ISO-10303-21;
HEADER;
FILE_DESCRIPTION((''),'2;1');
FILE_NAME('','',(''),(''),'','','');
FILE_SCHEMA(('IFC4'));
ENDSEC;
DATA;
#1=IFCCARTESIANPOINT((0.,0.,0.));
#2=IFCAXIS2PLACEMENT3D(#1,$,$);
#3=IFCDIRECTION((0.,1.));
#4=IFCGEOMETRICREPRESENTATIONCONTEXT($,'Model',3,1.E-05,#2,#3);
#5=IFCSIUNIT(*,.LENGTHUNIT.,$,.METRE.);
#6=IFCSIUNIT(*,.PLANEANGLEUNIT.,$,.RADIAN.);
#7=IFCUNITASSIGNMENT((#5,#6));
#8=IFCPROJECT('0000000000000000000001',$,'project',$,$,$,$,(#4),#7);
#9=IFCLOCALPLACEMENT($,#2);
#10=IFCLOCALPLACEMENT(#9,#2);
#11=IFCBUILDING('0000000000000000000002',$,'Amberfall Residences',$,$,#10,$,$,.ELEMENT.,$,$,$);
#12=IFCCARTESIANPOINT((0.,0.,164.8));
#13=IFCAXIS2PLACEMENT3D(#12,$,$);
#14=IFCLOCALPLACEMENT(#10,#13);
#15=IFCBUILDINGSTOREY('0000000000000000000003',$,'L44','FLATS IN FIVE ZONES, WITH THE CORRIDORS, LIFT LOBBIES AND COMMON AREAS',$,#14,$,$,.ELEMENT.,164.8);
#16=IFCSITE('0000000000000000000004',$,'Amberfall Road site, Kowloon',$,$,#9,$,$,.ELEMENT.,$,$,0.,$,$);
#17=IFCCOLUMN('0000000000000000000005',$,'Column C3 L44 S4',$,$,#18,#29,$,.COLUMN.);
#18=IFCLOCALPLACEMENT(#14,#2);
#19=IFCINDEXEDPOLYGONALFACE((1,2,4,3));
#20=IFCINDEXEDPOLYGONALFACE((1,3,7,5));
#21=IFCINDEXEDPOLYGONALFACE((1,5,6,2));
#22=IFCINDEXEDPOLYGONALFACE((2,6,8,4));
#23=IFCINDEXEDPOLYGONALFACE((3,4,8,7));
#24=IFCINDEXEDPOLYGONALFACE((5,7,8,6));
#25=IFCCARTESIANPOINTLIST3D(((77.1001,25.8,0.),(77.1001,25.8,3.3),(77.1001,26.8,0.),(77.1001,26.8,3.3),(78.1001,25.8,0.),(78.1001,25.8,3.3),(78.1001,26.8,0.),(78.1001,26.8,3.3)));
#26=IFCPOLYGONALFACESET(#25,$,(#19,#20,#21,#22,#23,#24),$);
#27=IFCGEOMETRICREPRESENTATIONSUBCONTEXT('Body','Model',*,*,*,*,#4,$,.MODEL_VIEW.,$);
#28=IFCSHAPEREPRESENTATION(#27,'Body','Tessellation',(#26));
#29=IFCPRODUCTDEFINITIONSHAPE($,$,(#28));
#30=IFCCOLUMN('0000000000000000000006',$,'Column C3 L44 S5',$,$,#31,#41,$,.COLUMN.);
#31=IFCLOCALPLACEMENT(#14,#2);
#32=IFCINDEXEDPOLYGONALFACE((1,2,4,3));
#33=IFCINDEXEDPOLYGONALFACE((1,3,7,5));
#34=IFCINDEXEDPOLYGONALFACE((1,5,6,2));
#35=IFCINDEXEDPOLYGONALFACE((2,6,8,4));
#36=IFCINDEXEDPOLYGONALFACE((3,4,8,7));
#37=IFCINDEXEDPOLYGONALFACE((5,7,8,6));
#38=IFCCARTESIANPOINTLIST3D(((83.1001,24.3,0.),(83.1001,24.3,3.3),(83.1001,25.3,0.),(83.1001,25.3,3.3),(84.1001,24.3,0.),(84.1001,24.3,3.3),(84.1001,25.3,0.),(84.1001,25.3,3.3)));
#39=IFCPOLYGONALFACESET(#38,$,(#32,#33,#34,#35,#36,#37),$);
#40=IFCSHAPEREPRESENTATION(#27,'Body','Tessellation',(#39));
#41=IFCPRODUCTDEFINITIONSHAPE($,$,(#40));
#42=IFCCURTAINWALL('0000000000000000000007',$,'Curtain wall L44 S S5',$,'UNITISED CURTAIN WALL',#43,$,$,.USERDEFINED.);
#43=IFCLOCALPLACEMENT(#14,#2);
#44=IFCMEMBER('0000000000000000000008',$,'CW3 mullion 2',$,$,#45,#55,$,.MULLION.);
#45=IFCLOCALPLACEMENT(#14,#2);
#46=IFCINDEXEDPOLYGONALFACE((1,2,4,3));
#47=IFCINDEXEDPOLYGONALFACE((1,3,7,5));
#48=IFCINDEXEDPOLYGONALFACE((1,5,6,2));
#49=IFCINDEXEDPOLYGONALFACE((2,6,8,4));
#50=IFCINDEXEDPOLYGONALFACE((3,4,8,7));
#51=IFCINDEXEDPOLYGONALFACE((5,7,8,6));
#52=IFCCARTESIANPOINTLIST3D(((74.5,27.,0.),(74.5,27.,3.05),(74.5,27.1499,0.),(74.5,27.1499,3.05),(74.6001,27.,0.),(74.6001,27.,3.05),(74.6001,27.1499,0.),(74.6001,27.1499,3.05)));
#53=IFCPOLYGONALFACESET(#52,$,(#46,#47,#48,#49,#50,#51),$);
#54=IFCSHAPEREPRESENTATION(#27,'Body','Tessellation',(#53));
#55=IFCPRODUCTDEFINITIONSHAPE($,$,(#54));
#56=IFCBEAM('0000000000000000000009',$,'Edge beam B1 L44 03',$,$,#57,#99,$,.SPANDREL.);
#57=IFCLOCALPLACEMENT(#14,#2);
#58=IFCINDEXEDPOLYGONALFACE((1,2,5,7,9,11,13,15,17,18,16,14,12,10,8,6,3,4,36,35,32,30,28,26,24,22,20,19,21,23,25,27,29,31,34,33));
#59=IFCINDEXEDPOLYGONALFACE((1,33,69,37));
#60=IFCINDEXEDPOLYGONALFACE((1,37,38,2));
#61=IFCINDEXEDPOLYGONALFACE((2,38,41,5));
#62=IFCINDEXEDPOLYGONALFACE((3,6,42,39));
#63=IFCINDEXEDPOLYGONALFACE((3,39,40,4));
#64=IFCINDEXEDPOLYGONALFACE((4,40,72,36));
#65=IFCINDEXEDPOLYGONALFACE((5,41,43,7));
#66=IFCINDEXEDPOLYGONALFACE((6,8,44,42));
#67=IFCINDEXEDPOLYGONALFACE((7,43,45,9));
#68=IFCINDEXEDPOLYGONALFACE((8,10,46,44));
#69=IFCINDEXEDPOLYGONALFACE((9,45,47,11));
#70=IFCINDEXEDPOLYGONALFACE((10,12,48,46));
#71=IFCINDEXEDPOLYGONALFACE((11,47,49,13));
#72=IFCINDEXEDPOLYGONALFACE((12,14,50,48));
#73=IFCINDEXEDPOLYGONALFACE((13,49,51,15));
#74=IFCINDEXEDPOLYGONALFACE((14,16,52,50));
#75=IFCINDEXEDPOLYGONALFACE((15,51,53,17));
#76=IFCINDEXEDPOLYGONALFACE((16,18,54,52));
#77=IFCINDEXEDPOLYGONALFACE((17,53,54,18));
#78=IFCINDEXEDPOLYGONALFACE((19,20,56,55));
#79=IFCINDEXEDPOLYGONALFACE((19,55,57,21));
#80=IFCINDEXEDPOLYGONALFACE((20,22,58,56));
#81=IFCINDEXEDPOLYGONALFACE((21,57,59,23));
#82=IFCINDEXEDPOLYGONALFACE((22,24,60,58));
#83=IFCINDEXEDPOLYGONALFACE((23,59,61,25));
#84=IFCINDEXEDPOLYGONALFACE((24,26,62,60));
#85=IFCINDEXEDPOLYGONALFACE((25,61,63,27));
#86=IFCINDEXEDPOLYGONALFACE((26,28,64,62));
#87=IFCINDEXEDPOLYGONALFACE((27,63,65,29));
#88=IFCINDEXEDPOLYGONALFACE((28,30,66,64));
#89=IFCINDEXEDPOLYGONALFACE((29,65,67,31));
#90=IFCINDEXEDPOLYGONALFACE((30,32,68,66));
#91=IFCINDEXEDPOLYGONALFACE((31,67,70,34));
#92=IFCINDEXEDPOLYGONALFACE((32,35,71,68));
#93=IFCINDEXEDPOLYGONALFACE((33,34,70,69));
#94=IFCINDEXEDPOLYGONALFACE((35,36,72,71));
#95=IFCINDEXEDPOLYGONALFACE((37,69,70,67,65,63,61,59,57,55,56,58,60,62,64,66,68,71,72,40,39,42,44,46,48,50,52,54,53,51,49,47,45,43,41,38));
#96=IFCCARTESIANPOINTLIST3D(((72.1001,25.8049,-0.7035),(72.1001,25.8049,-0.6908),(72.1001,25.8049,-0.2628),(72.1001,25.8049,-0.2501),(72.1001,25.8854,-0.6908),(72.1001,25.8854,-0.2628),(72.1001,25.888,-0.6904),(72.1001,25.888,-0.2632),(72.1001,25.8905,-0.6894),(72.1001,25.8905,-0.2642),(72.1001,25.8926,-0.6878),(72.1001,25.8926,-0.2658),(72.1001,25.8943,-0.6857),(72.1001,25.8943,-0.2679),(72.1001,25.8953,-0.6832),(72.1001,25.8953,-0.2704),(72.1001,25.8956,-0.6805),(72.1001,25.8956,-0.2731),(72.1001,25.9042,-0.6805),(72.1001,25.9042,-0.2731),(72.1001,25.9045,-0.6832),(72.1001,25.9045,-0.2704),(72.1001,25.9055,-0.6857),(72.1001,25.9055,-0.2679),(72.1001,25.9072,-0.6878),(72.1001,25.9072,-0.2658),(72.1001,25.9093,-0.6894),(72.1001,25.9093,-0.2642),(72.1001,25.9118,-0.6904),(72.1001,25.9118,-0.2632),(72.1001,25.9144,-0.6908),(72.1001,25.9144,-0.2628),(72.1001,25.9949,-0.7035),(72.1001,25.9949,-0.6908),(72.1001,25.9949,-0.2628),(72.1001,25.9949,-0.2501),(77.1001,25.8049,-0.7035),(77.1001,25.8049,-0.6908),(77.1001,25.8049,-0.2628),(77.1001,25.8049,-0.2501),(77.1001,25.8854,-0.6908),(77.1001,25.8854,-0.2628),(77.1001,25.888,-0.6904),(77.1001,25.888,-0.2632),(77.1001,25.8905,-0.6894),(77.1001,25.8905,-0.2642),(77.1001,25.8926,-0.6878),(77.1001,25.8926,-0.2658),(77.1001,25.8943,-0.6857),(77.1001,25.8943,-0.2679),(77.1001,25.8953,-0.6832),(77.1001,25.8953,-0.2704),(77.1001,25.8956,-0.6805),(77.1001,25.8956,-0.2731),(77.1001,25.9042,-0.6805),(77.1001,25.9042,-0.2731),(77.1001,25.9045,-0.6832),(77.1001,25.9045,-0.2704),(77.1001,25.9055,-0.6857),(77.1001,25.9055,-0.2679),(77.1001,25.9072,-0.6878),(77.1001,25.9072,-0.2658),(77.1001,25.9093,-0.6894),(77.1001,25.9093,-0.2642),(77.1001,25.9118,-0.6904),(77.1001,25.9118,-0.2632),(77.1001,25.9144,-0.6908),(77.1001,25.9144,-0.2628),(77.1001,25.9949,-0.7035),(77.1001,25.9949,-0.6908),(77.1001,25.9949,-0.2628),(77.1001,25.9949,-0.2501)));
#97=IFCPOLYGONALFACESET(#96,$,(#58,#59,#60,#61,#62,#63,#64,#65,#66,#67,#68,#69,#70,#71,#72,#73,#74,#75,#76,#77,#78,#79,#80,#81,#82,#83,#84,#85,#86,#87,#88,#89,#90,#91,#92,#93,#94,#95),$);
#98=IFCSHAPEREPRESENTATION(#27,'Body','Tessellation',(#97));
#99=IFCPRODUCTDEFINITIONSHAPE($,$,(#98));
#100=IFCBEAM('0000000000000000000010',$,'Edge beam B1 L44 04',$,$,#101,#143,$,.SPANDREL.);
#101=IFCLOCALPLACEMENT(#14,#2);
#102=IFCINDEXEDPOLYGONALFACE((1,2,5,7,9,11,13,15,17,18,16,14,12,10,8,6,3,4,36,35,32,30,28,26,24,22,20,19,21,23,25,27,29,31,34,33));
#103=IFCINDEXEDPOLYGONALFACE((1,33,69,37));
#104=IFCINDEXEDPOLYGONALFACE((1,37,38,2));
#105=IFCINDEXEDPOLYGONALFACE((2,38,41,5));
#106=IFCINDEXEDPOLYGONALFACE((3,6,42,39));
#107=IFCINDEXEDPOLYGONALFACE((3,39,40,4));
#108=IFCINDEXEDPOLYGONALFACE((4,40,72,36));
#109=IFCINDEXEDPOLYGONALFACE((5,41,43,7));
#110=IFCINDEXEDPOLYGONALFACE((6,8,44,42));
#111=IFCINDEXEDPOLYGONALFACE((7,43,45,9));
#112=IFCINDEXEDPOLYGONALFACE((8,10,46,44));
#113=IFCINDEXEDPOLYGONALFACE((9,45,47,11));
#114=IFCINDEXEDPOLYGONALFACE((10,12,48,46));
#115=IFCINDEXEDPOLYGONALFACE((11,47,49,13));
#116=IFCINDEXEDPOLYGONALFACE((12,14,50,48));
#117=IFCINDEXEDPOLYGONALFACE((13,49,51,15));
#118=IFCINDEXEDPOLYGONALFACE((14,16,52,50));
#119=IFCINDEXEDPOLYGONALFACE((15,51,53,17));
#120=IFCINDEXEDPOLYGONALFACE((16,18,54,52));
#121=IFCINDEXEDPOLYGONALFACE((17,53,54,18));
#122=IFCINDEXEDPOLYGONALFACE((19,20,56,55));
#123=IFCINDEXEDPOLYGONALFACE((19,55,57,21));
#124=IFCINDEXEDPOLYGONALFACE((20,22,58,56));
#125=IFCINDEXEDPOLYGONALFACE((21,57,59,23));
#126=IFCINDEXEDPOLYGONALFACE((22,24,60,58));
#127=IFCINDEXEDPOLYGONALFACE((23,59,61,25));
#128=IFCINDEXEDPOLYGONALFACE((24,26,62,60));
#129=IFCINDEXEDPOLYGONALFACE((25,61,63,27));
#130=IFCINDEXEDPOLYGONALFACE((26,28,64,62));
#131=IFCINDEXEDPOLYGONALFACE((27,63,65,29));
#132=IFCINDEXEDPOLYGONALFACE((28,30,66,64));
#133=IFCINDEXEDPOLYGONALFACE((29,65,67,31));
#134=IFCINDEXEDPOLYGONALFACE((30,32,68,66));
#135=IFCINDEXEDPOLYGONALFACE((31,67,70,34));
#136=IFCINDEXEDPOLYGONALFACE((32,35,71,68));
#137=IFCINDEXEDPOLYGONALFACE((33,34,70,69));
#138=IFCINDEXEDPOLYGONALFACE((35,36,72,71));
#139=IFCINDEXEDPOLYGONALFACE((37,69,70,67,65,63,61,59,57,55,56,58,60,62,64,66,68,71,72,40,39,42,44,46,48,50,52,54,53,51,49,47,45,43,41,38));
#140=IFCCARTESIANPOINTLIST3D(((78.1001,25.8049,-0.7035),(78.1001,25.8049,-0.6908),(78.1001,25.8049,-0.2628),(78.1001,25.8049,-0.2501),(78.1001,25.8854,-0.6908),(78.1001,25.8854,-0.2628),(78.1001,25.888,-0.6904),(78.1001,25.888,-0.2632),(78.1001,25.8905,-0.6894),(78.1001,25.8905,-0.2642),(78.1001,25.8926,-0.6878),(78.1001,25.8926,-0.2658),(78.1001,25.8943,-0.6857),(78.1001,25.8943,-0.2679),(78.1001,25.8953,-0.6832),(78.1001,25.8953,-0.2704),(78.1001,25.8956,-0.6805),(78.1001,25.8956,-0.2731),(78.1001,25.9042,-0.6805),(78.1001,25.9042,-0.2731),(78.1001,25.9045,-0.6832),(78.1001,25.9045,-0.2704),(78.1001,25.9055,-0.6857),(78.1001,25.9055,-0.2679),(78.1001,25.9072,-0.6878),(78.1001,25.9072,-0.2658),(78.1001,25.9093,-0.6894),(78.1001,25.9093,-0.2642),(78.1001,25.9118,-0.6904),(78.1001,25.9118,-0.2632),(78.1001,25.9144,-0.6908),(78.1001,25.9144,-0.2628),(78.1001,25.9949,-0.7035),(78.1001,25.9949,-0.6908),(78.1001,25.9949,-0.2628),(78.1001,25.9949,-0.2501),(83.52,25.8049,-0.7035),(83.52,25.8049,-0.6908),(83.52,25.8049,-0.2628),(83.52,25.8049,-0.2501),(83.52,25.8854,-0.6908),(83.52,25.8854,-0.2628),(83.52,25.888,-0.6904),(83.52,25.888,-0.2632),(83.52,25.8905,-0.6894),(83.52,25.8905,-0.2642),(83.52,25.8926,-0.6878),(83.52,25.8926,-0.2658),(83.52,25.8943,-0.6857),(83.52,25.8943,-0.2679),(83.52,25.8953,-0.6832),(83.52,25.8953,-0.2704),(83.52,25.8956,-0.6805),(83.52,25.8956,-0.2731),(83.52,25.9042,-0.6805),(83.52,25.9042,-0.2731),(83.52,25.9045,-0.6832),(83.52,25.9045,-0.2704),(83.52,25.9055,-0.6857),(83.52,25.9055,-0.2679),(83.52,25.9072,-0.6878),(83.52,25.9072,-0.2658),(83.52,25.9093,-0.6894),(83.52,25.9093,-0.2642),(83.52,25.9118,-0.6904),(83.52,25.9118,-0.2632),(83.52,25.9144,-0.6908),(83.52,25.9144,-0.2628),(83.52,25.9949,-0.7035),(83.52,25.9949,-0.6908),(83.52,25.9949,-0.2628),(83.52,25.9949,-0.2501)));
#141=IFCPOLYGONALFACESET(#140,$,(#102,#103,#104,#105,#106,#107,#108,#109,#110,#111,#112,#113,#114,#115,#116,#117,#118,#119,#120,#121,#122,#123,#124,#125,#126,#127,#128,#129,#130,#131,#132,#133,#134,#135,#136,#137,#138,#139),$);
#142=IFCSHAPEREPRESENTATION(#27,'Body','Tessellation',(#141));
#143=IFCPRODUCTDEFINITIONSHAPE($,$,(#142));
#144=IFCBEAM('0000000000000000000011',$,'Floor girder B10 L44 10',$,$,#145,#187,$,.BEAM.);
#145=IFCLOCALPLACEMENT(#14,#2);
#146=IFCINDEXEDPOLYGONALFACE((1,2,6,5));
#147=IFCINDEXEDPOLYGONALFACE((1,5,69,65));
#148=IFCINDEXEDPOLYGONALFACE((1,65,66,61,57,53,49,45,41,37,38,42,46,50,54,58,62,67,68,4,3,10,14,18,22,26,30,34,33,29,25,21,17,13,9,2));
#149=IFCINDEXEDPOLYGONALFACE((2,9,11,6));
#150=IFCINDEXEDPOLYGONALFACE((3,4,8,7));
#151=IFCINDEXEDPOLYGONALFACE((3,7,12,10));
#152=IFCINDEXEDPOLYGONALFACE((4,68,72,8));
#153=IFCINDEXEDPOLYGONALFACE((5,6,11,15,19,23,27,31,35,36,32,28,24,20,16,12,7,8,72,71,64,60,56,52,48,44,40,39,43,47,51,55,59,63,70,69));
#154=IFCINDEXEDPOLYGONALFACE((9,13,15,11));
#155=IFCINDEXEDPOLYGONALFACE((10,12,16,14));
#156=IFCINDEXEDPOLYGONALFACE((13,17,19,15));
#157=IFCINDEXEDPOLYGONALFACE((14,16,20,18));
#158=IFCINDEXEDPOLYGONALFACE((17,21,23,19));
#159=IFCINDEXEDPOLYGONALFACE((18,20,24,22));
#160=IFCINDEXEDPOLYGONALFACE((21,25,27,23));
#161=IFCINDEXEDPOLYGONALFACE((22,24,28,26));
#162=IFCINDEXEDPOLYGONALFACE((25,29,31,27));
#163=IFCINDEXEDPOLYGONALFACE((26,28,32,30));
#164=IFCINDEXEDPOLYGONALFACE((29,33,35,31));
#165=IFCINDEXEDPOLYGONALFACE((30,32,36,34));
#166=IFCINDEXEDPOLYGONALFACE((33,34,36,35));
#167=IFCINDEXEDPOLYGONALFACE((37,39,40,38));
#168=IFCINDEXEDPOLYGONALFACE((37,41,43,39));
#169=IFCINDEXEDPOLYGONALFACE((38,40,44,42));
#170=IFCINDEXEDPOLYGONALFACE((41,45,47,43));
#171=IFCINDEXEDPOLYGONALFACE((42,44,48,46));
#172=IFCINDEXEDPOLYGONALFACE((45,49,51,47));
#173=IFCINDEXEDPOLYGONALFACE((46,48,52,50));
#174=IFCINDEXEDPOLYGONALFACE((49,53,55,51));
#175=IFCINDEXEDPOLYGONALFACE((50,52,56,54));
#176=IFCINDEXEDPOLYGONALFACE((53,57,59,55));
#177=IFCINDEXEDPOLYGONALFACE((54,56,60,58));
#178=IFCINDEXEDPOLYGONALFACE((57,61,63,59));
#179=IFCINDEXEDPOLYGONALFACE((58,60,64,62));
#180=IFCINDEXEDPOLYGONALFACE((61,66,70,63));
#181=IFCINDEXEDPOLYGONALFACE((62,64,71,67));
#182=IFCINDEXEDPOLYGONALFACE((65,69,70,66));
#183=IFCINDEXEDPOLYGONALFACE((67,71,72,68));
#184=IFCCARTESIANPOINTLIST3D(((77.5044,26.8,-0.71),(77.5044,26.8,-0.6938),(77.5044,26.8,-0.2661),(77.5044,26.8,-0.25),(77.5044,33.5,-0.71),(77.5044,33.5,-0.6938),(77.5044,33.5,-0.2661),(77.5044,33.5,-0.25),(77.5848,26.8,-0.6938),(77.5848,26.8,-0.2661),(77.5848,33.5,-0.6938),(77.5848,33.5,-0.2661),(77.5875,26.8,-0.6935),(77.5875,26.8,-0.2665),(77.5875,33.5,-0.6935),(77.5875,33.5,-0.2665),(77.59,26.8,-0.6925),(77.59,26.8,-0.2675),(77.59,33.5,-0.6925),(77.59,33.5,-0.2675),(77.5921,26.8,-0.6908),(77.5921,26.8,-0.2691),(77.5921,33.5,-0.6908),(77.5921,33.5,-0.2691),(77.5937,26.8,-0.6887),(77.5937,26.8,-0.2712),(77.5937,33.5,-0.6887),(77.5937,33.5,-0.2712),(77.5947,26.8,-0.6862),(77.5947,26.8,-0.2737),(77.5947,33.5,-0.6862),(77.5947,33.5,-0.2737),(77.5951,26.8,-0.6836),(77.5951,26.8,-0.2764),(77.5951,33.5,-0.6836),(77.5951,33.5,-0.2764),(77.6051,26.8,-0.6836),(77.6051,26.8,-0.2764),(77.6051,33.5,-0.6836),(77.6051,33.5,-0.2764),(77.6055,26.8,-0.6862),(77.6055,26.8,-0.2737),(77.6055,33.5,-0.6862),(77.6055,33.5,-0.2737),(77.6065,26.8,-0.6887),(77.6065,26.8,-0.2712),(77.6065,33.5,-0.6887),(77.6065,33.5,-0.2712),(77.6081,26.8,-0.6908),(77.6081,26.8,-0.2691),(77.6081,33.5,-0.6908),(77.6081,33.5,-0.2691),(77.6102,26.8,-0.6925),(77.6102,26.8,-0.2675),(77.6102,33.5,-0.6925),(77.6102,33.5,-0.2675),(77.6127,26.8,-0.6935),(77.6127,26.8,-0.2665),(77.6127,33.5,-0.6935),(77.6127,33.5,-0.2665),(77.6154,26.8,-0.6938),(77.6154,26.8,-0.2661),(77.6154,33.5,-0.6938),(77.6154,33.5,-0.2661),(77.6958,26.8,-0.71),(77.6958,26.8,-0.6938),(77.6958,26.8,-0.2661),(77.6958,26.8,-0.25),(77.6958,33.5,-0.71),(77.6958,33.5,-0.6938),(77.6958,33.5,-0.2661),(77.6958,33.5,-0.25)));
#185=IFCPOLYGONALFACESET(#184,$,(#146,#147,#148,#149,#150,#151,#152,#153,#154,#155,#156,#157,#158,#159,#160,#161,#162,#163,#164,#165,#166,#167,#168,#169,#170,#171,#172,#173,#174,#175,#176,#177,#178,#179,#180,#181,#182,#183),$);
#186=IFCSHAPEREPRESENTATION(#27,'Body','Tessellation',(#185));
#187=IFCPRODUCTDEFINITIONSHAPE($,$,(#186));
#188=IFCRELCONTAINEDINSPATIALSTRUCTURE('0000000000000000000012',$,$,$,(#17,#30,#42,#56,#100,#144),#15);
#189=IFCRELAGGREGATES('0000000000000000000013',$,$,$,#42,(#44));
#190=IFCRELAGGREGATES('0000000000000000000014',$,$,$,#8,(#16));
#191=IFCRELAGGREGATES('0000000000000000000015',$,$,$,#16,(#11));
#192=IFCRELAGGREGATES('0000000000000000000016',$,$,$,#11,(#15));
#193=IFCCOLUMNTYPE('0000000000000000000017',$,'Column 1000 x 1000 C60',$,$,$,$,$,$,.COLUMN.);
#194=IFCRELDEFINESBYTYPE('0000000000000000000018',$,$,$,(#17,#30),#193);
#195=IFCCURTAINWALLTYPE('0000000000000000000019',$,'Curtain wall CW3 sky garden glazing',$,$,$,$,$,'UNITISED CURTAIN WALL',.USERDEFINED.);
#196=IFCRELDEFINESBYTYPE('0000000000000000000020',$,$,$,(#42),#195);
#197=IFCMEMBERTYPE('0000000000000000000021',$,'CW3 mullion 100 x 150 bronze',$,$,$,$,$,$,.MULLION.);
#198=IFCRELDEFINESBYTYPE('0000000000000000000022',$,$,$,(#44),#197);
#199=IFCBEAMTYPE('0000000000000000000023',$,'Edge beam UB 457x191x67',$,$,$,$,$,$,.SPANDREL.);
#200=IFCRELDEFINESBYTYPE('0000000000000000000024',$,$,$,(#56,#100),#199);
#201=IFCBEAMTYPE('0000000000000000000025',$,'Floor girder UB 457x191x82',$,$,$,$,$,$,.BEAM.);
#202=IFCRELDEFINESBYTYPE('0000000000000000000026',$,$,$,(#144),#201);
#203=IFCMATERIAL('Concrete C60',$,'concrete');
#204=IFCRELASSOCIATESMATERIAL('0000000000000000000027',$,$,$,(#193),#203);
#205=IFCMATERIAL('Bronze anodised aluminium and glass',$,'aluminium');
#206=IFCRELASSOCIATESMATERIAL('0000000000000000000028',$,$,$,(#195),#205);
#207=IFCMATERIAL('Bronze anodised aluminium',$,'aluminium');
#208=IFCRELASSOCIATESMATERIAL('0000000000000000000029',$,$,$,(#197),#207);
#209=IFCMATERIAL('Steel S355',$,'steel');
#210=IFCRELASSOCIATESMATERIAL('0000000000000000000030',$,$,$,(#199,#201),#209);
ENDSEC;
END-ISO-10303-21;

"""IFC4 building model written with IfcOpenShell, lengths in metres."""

from ifc_helpers import new_model, si_unit, direction, frame, origin, origin_2d, place, context, subcontext, project, spatial, rectangle, i_section, extrude, material, material_profile, profile_set, type_object, element, aggregate, save


model = new_model("IFC4")

# Units and contexts
model_context = context("Model", 3, precision=1e-05, world=origin(), true_north=direction((0.0, 1.0)))
body_context = subcontext(model_context, "Body", "Model", "MODEL_VIEW")
ifc_project = project(units=[si_unit("LENGTHUNIT", "METRE"), si_unit("PLANEANGLEUNIT", "RADIAN")], contexts=[model_context])

# Site, building, storey
site_placement = place(None, origin())
site = spatial("IfcSite", under=ifc_project, at=site_placement, Name="Amberfall Road site, Kowloon", CompositionType="ELEMENT", RefElevation=0.0)
building_placement = place(site_placement, origin())
building = spatial("IfcBuilding", under=site, at=building_placement, Name="Amberfall Residences", CompositionType="ELEMENT")
storey_placement = place(building_placement, frame((0.0, 0.0, 164.8)))
storey = spatial("IfcBuildingStorey", under=building, at=storey_placement, Name="L44", Description="FLATS IN FIVE ZONES, WITH THE CORRIDORS, LIFT LOBBIES AND COMMON AREAS", CompositionType="ELEMENT", Elevation=164.8)

# Columns
ifc_material_1 = material(Name="Concrete C60", Category="concrete")
ifc_material_profile_1 = material_profile(ifc_material_1, rectangle(XDim=1.0, YDim=1.0, at=origin_2d()), Name="Column 1000 x 1000 C60")
ifc_profile_set_1 = profile_set([ifc_material_profile_1], Name="Concrete C60")
column_type = type_object("IfcColumnType", Name="Column 1000 x 1000 C60", PredefinedType="COLUMN", material=ifc_profile_set_1)
for number, where, z_axis, x_axis, name in (
    (1, (77.6001, 26.3, 0.0), (0.0, 0.0, 1.0), (1.0, 0.0, 0.0), "Column C3 L44 S4"),
    (2, (83.6001, 24.8, 0.0), (0.0, 0.0, 1.0), (1.0, 0.0, 0.0), "Column C3 L44 S5"),
):
    element("IfcColumn", number, at=place(storey_placement, frame(where, z_axis=z_axis, x_axis=x_axis)), inside=storey, type_object=column_type, Name=name, PredefinedType="COLUMN", context=body_context, shape_type="SweptSolid", body=[
        extrude(rectangle(XDim=1.0, YDim=1.0, at=origin_2d()), origin(), (0.0, 0.0, 1.0), 3.3),
    ])

# Curtain wall, member
ifc_material_2 = material(Name="Bronze anodised aluminium and glass", Category="aluminium")
curtain_wall_type = type_object("IfcCurtainWallType", Name="Curtain wall CW3 sky garden glazing", ElementType="UNITISED CURTAIN WALL", PredefinedType="USERDEFINED", material=ifc_material_2)
curtain_wall_placement = place(storey_placement, origin())
curtain_wall = element("IfcCurtainWall", 3, at=curtain_wall_placement, inside=storey, type_object=curtain_wall_type, Name="Curtain wall L44 S S5", ObjectType="UNITISED CURTAIN WALL", PredefinedType="USERDEFINED")
ifc_material_3 = material(Name="Bronze anodised aluminium", Category="aluminium")
ifc_material_profile_2 = material_profile(ifc_material_3, rectangle(XDim=0.1499, YDim=0.1001, at=origin_2d()), Name="CW3 mullion 100 x 150 bronze")
ifc_profile_set_2 = profile_set([ifc_material_profile_2], Name="Bronze anodised aluminium")
member_type = type_object("IfcMemberType", Name="CW3 mullion 100 x 150 bronze", PredefinedType="MULLION", material=ifc_profile_set_2)
member_placement = place(storey_placement, frame((74.55, 27.075, 0.0), z_axis=(0.0, 0.0, 1.0), x_axis=(0.0, 1.0, 0.0)))
member = element("IfcMember", 4, at=member_placement, type_object=member_type, Name="CW3 mullion 2", PredefinedType="MULLION", context=body_context, shape_type="SweptSolid", body=[
    extrude(rectangle(XDim=0.1499, YDim=0.1001, at=origin_2d()), origin(), (0.0, 0.0, 1.0), 3.05),
])

# Beams
ifc_material_4 = material(Name="Steel S355", Category="steel")
ifc_material_profile_3 = material_profile(ifc_material_4, i_section(OverallWidth=0.1899, OverallDepth=0.4534, WebThickness=0.0085, FlangeThickness=0.0127, FilletRadius=0.0103, at=origin_2d()), Name="UB 457x191x67")
ifc_profile_set_3 = profile_set([ifc_material_profile_3], Name="Steel S355")
beam_type_1 = type_object("IfcBeamType", Name="Edge beam UB 457x191x67", PredefinedType="SPANDREL", material=ifc_profile_set_3)
beam_1_placement = place(storey_placement, frame((72.1001, 25.8999, -0.4768), z_axis=(1.0, 0.0, 0.0), x_axis=(0.0, 1.0, 0.0)))
element("IfcBeam", 5, at=beam_1_placement, inside=storey, type_object=beam_type_1, Name="Edge beam B1 L44 03", PredefinedType="SPANDREL", context=body_context, shape_type="SweptSolid", body=[
    extrude(i_section(OverallWidth=0.1899, OverallDepth=0.4534, WebThickness=0.0085, FlangeThickness=0.0127, FilletRadius=0.0103, at=origin_2d()), origin(), (0.0, 0.0, 1.0), 5.0),
])
beam_2_placement = place(storey_placement, frame((78.1001, 25.8999, -0.4768), z_axis=(1.0, 0.0, 0.0), x_axis=(0.0, 1.0, 0.0)))
element("IfcBeam", 6, at=beam_2_placement, inside=storey, type_object=beam_type_1, Name="Edge beam B1 L44 04", PredefinedType="SPANDREL", context=body_context, shape_type="SweptSolid", body=[
    extrude(i_section(OverallWidth=0.1899, OverallDepth=0.4534, WebThickness=0.0085, FlangeThickness=0.0127, FilletRadius=0.0103, at=origin_2d()), origin(), (0.0, 0.0, 1.0), 5.4199),
])
ifc_material_profile_4 = material_profile(ifc_material_4, i_section(OverallWidth=0.1914, OverallDepth=0.46, WebThickness=0.01, FlangeThickness=0.0161, FilletRadius=0.0103, at=origin_2d()), Name="UB 457x191x82")
ifc_profile_set_4 = profile_set([ifc_material_profile_4], Name="Steel S355")
beam_type_2 = type_object("IfcBeamType", Name="Floor girder UB 457x191x82", PredefinedType="BEAM", material=ifc_profile_set_4)
beam_3_placement = place(storey_placement, frame((77.6001, 26.8, -0.48), z_axis=(0.0, 1.0, 0.0), x_axis=(-1.0, 0.0, 0.0)))
element("IfcBeam", 7, at=beam_3_placement, inside=storey, type_object=beam_type_2, Name="Floor girder B10 L44 10", PredefinedType="BEAM", context=body_context, shape_type="SweptSolid", body=[
    extrude(i_section(OverallWidth=0.1914, OverallDepth=0.46, WebThickness=0.01, FlangeThickness=0.0161, FilletRadius=0.0103, at=origin_2d()), origin(), (0.0, 0.0, 1.0), 6.7),
])

aggregate(curtain_wall, [member])

save(model, "model.ifc")
